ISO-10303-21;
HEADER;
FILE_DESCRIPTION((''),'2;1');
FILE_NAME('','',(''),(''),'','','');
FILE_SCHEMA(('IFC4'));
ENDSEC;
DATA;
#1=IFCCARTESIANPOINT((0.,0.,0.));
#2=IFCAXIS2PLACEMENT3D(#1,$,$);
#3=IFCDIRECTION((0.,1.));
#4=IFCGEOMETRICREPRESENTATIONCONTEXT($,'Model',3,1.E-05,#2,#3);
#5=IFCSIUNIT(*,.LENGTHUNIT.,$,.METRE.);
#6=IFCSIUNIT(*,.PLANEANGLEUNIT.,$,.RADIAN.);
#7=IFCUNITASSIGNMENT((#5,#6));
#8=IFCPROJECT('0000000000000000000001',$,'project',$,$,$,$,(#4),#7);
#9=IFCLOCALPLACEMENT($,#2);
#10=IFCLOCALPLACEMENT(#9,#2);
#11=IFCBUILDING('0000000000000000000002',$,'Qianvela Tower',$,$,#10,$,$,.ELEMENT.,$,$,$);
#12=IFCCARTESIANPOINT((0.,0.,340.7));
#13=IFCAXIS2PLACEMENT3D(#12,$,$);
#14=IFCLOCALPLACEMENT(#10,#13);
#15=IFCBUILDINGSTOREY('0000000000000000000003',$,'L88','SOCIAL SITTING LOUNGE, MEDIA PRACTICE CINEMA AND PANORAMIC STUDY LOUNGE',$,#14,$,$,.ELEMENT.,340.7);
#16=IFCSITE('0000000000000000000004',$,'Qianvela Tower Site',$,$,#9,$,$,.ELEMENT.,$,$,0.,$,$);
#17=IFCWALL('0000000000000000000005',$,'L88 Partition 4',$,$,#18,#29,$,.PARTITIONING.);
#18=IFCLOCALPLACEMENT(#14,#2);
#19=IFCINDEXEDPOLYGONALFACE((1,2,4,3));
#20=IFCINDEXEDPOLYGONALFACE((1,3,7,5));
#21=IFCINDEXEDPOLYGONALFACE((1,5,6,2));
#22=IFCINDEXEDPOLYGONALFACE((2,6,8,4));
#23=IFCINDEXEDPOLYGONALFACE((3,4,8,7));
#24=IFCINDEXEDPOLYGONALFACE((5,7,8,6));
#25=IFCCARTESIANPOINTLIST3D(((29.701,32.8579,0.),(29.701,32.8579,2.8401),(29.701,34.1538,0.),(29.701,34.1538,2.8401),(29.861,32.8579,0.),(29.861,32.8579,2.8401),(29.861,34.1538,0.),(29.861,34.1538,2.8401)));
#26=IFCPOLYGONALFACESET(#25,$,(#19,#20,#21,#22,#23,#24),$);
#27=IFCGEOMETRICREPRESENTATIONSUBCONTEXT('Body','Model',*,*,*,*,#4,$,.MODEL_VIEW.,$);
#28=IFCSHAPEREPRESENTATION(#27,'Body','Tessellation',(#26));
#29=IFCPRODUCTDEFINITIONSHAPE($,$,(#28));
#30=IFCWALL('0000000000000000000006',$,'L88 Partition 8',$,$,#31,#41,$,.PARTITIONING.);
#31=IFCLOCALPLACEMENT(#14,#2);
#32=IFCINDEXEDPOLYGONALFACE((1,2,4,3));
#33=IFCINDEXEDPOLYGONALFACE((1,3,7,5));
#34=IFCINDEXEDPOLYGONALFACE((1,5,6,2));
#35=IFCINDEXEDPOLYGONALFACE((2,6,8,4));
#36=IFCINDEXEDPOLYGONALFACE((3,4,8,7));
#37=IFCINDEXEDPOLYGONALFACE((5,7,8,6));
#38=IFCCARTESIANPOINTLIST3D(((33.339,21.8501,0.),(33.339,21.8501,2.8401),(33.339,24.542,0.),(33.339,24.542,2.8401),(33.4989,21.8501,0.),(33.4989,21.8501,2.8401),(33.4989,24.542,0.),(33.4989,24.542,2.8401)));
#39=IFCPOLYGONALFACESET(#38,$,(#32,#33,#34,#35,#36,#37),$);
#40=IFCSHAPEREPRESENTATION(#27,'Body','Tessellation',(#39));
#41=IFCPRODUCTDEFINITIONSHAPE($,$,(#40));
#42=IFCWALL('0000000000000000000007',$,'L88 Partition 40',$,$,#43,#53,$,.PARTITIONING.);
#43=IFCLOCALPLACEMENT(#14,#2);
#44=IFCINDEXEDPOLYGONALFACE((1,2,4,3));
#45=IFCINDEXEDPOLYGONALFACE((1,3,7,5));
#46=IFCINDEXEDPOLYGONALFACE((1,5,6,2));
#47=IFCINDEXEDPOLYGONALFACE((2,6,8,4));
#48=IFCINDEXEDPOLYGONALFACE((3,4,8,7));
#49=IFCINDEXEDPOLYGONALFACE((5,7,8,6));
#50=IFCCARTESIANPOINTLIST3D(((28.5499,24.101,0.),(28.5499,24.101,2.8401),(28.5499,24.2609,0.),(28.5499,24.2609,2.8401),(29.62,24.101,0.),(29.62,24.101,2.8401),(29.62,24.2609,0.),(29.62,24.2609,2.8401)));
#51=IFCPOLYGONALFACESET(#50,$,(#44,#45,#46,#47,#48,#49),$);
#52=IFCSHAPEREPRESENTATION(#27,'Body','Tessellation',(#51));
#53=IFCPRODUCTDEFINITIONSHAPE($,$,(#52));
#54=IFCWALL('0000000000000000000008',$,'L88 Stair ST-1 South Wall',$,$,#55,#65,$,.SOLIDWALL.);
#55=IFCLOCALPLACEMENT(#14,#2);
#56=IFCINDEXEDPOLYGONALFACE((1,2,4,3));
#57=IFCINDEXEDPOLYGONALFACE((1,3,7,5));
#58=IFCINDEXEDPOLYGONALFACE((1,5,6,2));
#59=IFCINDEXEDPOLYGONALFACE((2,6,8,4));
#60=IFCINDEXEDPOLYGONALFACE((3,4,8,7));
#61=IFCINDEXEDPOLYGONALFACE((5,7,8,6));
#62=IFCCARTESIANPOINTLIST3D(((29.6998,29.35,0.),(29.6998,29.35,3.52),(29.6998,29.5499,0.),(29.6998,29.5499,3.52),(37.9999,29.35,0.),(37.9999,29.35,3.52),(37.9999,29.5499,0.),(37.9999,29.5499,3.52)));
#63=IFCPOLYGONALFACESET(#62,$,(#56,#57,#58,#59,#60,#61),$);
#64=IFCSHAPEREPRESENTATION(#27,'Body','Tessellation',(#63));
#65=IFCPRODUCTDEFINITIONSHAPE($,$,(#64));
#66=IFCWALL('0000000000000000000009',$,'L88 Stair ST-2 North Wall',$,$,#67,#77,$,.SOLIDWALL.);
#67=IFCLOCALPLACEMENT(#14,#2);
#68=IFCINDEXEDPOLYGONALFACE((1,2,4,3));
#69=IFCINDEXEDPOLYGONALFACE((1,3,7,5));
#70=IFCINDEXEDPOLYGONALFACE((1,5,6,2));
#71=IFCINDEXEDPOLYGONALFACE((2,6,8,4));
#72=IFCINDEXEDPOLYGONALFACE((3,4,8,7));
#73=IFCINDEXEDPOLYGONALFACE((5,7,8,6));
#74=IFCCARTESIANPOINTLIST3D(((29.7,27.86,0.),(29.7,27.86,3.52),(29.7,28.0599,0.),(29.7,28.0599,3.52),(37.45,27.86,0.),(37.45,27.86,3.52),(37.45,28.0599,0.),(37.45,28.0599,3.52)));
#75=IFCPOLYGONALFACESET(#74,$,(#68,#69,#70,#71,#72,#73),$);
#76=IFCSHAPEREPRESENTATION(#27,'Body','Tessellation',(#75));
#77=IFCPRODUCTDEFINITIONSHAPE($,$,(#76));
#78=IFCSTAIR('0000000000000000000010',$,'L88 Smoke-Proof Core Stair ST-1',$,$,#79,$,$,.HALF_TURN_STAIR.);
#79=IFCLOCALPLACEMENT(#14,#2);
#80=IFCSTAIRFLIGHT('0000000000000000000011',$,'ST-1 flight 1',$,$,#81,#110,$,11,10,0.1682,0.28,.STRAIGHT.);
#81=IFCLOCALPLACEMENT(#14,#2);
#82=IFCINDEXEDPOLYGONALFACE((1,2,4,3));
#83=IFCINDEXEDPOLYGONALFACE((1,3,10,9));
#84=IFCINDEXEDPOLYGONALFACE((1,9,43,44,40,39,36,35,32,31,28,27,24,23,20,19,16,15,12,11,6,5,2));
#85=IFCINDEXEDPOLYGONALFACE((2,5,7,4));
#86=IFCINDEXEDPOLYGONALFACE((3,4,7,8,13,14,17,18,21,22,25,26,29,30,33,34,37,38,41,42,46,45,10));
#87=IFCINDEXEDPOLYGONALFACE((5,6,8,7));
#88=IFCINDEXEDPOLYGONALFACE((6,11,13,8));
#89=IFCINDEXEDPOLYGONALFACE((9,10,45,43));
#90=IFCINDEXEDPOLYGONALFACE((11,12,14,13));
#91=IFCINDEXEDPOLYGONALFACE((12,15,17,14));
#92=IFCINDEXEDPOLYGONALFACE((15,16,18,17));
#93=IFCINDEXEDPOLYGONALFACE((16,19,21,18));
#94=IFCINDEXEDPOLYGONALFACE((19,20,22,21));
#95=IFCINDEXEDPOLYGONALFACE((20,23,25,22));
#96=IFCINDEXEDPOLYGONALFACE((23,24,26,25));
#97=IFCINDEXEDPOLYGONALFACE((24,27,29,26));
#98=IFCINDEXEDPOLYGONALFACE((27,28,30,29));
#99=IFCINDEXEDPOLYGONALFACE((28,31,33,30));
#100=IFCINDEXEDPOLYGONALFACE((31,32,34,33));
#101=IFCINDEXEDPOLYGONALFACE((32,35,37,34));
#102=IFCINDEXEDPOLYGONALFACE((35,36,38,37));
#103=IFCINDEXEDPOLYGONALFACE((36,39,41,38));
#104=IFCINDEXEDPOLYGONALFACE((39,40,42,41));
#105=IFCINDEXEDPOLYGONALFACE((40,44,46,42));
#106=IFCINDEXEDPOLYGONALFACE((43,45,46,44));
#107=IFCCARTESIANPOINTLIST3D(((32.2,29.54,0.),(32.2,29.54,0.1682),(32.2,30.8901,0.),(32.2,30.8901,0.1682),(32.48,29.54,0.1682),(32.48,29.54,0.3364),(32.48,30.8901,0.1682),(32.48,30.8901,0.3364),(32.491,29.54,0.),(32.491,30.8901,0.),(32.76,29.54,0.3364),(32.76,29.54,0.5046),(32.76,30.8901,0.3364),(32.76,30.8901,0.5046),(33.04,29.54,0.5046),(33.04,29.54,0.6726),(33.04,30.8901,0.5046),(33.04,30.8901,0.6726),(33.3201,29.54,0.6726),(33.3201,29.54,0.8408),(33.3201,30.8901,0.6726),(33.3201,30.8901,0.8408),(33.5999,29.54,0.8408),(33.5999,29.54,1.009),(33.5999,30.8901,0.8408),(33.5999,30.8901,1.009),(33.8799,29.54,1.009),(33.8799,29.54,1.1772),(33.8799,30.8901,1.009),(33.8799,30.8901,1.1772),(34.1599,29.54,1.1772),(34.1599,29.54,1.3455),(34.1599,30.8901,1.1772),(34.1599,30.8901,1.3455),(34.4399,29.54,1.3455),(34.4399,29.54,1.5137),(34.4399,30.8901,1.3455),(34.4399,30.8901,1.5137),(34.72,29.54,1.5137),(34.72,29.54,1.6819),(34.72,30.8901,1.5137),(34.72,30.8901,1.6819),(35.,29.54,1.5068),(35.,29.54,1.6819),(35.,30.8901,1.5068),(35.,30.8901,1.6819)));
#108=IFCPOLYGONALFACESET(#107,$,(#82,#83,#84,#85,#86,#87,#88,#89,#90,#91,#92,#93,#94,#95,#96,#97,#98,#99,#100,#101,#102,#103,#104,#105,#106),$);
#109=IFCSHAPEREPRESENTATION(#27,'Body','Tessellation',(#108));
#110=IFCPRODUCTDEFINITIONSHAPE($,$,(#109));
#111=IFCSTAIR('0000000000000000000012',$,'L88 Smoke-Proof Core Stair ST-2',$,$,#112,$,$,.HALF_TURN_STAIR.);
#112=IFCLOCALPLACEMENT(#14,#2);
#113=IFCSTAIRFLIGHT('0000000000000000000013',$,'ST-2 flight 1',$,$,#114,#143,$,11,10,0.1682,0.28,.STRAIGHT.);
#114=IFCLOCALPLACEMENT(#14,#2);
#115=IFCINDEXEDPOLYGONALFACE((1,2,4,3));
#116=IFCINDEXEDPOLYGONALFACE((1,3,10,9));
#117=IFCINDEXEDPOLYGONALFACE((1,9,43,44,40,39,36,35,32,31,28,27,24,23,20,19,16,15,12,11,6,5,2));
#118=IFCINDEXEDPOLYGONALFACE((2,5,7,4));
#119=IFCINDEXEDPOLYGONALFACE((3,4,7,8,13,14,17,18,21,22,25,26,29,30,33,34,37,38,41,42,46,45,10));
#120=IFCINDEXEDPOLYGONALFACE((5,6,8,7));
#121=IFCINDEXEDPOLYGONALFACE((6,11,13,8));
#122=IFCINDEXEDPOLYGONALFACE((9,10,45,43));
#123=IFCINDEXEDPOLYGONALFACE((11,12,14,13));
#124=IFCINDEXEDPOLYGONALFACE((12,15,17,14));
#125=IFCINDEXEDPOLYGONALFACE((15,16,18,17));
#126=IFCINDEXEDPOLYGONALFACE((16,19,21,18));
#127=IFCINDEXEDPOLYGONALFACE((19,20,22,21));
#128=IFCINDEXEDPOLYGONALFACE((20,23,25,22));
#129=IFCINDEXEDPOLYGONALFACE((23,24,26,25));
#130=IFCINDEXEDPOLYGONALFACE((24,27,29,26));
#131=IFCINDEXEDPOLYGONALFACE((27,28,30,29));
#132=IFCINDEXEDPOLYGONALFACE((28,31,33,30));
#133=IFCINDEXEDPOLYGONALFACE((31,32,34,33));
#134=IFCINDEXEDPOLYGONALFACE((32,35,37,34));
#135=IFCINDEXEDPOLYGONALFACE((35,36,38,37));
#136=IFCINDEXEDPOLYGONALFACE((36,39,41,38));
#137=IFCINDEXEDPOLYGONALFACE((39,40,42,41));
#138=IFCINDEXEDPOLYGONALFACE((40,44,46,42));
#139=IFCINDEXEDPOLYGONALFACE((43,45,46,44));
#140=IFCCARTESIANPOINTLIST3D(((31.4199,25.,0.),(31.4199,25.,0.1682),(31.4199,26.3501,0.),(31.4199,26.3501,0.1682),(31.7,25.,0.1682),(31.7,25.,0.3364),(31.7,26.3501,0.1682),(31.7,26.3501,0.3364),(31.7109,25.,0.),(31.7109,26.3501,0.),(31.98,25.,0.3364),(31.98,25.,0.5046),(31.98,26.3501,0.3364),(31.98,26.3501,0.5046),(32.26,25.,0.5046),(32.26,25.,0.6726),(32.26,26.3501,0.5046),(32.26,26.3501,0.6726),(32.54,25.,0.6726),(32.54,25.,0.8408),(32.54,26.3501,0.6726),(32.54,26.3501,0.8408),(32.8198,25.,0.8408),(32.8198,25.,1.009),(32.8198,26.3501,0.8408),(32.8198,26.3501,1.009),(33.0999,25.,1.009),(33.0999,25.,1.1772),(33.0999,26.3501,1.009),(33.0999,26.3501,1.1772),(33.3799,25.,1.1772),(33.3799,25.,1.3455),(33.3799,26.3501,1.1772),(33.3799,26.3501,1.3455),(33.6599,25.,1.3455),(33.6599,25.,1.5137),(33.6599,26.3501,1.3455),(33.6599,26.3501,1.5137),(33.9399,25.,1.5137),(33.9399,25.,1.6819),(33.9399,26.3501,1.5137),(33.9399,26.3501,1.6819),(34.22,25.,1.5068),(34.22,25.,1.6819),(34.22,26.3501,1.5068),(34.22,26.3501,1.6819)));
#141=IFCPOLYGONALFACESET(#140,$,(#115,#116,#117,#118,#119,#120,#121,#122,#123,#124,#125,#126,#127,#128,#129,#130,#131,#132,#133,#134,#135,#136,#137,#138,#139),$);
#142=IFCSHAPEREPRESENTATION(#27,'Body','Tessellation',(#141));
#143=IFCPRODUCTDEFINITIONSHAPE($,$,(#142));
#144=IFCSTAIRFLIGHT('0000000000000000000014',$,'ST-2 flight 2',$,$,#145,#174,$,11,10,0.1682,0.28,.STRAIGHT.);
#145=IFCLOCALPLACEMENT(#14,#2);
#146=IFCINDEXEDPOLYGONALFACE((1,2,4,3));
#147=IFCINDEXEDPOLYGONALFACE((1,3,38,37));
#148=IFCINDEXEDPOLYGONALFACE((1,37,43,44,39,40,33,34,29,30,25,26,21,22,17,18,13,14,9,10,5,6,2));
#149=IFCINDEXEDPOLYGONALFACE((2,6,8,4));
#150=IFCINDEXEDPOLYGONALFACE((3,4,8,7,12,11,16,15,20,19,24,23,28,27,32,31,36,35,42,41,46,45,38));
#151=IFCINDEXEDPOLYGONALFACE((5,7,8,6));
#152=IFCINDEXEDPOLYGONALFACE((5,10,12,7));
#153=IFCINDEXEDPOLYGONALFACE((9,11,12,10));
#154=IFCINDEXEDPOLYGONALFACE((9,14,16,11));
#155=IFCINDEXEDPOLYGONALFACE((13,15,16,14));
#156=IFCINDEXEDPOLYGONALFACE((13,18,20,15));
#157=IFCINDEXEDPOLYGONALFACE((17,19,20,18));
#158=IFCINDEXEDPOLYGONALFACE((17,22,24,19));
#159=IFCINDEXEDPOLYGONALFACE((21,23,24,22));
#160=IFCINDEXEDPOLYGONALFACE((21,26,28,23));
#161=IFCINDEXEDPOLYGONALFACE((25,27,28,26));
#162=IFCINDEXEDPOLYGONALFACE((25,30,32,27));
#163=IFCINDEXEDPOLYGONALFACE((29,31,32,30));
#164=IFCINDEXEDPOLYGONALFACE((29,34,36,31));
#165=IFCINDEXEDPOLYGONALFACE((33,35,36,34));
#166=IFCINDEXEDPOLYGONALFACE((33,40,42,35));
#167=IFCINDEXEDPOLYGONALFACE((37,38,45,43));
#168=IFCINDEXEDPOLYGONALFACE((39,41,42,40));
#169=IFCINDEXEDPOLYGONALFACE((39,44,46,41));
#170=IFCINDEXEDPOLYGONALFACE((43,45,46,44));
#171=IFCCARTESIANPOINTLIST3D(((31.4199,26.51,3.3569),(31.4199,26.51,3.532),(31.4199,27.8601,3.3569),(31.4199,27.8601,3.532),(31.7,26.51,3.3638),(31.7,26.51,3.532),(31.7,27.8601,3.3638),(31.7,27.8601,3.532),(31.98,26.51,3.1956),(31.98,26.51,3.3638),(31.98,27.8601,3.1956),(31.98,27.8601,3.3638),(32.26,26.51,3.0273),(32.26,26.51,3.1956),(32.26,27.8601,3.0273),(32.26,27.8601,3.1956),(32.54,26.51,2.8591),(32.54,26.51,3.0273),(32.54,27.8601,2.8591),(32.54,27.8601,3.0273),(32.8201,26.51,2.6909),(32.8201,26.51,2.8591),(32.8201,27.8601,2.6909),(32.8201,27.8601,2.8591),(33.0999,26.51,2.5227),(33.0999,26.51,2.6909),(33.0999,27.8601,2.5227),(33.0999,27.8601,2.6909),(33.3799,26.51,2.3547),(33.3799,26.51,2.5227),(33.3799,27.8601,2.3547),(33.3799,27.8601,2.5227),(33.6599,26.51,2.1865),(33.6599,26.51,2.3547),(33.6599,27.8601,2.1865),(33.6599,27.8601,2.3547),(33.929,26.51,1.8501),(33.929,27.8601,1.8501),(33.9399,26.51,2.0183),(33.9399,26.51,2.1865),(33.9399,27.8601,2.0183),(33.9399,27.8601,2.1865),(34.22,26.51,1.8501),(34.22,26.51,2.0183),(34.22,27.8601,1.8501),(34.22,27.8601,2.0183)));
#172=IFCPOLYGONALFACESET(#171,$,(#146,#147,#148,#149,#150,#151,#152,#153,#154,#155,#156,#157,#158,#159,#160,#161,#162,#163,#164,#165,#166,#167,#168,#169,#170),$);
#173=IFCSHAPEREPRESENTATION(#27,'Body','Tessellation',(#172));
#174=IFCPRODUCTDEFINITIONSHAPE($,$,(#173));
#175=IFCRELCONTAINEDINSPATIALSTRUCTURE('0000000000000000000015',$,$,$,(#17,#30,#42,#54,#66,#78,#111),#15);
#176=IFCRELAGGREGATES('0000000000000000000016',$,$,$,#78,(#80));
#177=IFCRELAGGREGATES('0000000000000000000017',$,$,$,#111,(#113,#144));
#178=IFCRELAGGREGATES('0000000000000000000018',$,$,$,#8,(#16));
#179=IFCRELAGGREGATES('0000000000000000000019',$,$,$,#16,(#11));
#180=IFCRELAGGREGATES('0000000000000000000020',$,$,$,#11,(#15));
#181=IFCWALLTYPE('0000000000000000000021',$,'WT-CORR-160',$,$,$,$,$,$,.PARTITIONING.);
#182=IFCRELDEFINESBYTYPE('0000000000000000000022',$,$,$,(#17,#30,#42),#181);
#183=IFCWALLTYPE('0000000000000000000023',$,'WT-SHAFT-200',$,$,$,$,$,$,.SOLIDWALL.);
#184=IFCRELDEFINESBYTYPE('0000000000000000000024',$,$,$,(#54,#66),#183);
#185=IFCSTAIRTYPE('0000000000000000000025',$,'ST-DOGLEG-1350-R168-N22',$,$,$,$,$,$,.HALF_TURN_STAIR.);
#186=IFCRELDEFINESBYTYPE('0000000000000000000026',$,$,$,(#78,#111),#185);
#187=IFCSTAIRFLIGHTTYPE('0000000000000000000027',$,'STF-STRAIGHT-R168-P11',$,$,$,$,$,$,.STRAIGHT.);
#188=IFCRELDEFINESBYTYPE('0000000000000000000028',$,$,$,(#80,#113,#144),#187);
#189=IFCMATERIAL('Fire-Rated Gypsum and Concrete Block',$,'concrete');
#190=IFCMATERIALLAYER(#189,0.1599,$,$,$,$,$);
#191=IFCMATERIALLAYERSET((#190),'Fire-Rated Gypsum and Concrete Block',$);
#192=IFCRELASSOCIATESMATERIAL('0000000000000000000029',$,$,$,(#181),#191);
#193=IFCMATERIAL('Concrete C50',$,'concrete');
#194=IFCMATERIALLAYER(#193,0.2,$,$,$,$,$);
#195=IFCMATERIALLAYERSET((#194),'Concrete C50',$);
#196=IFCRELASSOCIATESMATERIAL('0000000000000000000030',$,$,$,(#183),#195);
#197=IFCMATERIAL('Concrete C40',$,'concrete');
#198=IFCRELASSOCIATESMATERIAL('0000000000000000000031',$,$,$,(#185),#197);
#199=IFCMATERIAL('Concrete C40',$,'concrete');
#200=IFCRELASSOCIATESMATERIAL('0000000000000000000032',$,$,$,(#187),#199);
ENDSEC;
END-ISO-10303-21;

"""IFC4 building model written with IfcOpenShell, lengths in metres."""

from ifc_helpers import new_model, si_unit, direction, frame, frame_2d, origin, place, context, subcontext, project, spatial, polyline, rectangle, outline, extrude, material, layer, layer_set, type_object, element, aggregate, save


model = new_model("IFC4")

# Units and contexts
model_context = context("Model", 3, precision=1e-05, world=origin(), true_north=direction((0.0, 1.0)))
body_context = subcontext(model_context, "Body", "Model", "MODEL_VIEW")
ifc_project = project(units=[si_unit("LENGTHUNIT", "METRE"), si_unit("PLANEANGLEUNIT", "RADIAN")], contexts=[model_context])

# Site, building, storey
site_placement = place(None, origin())
site = spatial("IfcSite", under=ifc_project, at=site_placement, Name="Qianvela Tower Site", CompositionType="ELEMENT", RefElevation=0.0)
building_placement = place(site_placement, origin())
building = spatial("IfcBuilding", under=site, at=building_placement, Name="Qianvela Tower", CompositionType="ELEMENT")
storey_placement = place(building_placement, frame((0.0, 0.0, 340.7)))
storey = spatial("IfcBuildingStorey", under=building, at=storey_placement, Name="L88", Description="SOCIAL SITTING LOUNGE, MEDIA PRACTICE CINEMA AND PANORAMIC STUDY LOUNGE", CompositionType="ELEMENT", Elevation=340.7)

# Walls
ifc_material_1 = material(Name="Fire-Rated Gypsum and Concrete Block", Category="concrete")
ifc_layer_1 = layer(ifc_material_1, 0.1599)
ifc_layer_set_1 = layer_set([ifc_layer_1], Name="Fire-Rated Gypsum and Concrete Block")
wall_type_1 = type_object("IfcWallType", Name="WT-CORR-160", PredefinedType="PARTITIONING", material=ifc_layer_set_1)
wall_1_placement = place(storey_placement, frame((29.781, 32.8579, 0.0), z_axis=(0.0, 0.0, 1.0), x_axis=(0.0, 1.0, 0.0)))
element("IfcWall", 1, at=wall_1_placement, inside=storey, type_object=wall_type_1, Name="L88 Partition 4", PredefinedType="PARTITIONING", context=body_context, shape_type="SweptSolid", body=[
    extrude(rectangle(XDim=1.2959, YDim=0.1599, at=frame_2d((0.6479, 0.0))), origin(), (0.0, 0.0, 1.0), 2.8401),
])
wall_2_placement = place(storey_placement, frame((33.4189, 24.542, 0.0), z_axis=(0.0, 0.0, 1.0), x_axis=(0.0, -1.0, 0.0)))
element("IfcWall", 2, at=wall_2_placement, inside=storey, type_object=wall_type_1, Name="L88 Partition 8", PredefinedType="PARTITIONING", context=body_context, shape_type="SweptSolid", body=[
    extrude(rectangle(XDim=2.6919, YDim=0.1599, at=frame_2d((1.3459, 0.0))), origin(), (0.0, 0.0, 1.0), 2.8401),
])
wall_3_placement = place(storey_placement, frame((29.6201, 24.1809, 0.0), z_axis=(0.0, 0.0, 1.0), x_axis=(-1.0, 0.0, 0.0)))
element("IfcWall", 3, at=wall_3_placement, inside=storey, type_object=wall_type_1, Name="L88 Partition 40", PredefinedType="PARTITIONING", context=body_context, shape_type="SweptSolid", body=[
    extrude(rectangle(XDim=1.0701, YDim=0.1599, at=frame_2d((0.5352, 0.0))), origin(), (0.0, 0.0, 1.0), 2.8401),
])
ifc_material_2 = material(Name="Concrete C50", Category="concrete")
ifc_layer_2 = layer(ifc_material_2, 0.2)
ifc_layer_set_2 = layer_set([ifc_layer_2], Name="Concrete C50")
wall_type_2 = type_object("IfcWallType", Name="WT-SHAFT-200", PredefinedType="SOLIDWALL", material=ifc_layer_set_2)
wall_4_placement = place(storey_placement, frame((29.7, 29.45, 0.0), z_axis=(0.0, 0.0, 1.0), x_axis=(1.0, 0.0, 0.0)))
element("IfcWall", 4, at=wall_4_placement, inside=storey, type_object=wall_type_2, Name="L88 Stair ST-1 South Wall", PredefinedType="SOLIDWALL", context=body_context, shape_type="SweptSolid", body=[
    extrude(rectangle(XDim=8.3, YDim=0.2, at=frame_2d((4.1499, 0.0))), origin(), (0.0, 0.0, 1.0), 3.52),
])
wall_5_placement = place(storey_placement, frame((29.7, 27.96, 0.0), z_axis=(0.0, 0.0, 1.0), x_axis=(1.0, 0.0, 0.0)))
element("IfcWall", 5, at=wall_5_placement, inside=storey, type_object=wall_type_2, Name="L88 Stair ST-2 North Wall", PredefinedType="SOLIDWALL", context=body_context, shape_type="SweptSolid", body=[
    extrude(rectangle(XDim=7.75, YDim=0.2, at=frame_2d((3.875, 0.0))), origin(), (0.0, 0.0, 1.0), 3.52),
])

# Stair, stair flight
ifc_material_3 = material(Name="Concrete C40", Category="concrete")
stair_type = type_object("IfcStairType", Name="ST-DOGLEG-1350-R168-N22", PredefinedType="HALF_TURN_STAIR", material=ifc_material_3)
stair_1_placement = place(storey_placement, origin())
stair_1 = element("IfcStair", 6, at=stair_1_placement, inside=storey, type_object=stair_type, Name="L88 Smoke-Proof Core Stair ST-1", PredefinedType="HALF_TURN_STAIR")
ifc_material_4 = material(Name="Concrete C40", Category="concrete")
stair_flight_type = type_object("IfcStairFlightType", Name="STF-STRAIGHT-R168-P11", PredefinedType="STRAIGHT", material=ifc_material_4)
stair_flight_1_placement = place(storey_placement, frame((32.2, 30.2151, 0.0), z_axis=(0.0, 0.0, 1.0), x_axis=(1.0, 0.0, 0.0)))
stair_flight_1 = element("IfcStairFlight", 7, at=stair_flight_1_placement, type_object=stair_flight_type, Name="ST-1 flight 1", NumberOfRisers=11, NumberOfTreads=10, PredefinedType="STRAIGHT", RiserHeight=0.1682, TreadLength=0.28, context=body_context, shape_type="SweptSolid", body=[
    extrude(outline(polyline([(0.0, 0.0), (0.0, 0.1682), (0.28, 0.1682), (0.28, 0.3364), (0.5601, 0.3364), (0.5601, 0.5046), (0.8401, 0.5046), (0.8401, 0.6726), (1.1201, 0.6726), (1.1201, 0.8408), (1.3999, 0.8408), (1.3999, 1.009), (1.6799, 1.009), (1.6799, 1.1772), (1.96, 1.1772), (1.96, 1.3455), (2.24, 1.3455), (2.24, 1.5137), (2.52, 1.5137), (2.52, 1.6819), (2.8, 1.6819), (2.8, 1.8501), (2.8, 1.5068), (0.291, 0.0), (0.0, 0.0)])), frame((0.0, 0.675, 0.0), z_axis=(0.0, -1.0, 0.0), x_axis=(1.0, 0.0, 0.0)), (0.0, 0.0, 1.0), 1.3501),
])
aggregate(stair_1, [stair_flight_1])

# Stair, stair flights
stair_2_placement = place(storey_placement, origin())
stair_2 = element("IfcStair", 8, at=stair_2_placement, inside=storey, type_object=stair_type, Name="L88 Smoke-Proof Core Stair ST-2", PredefinedType="HALF_TURN_STAIR")
stair_flight_2_placement = place(storey_placement, frame((31.4199, 25.675, 0.0), z_axis=(0.0, 0.0, 1.0), x_axis=(1.0, 0.0, 0.0)))
stair_flight_2 = element("IfcStairFlight", 9, at=stair_flight_2_placement, type_object=stair_flight_type, Name="ST-2 flight 1", NumberOfRisers=11, NumberOfTreads=10, PredefinedType="STRAIGHT", RiserHeight=0.1682, TreadLength=0.28, context=body_context, shape_type="SweptSolid", body=[
    extrude(outline(polyline([(0.0, 0.0), (0.0, 0.1682), (0.28, 0.1682), (0.28, 0.3364), (0.5601, 0.3364), (0.5601, 0.5046), (0.8401, 0.5046), (0.8401, 0.6726), (1.1201, 0.6726), (1.1201, 0.8408), (1.3999, 0.8408), (1.3999, 1.009), (1.6799, 1.009), (1.6799, 1.1772), (1.96, 1.1772), (1.96, 1.3455), (2.24, 1.3455), (2.24, 1.5137), (2.52, 1.5137), (2.52, 1.6819), (2.8, 1.6819), (2.8, 1.8501), (2.8, 1.5068), (0.291, 0.0), (0.0, 0.0)])), frame((0.0, 0.675, 0.0), z_axis=(0.0, -1.0, 0.0), x_axis=(1.0, 0.0, 0.0)), (0.0, 0.0, 1.0), 1.3501),
])
stair_flight_3_placement = place(storey_placement, frame((34.22, 27.1851, 1.8501), z_axis=(0.0, 0.0, 1.0), x_axis=(-1.0, 0.0, 0.0)))
stair_flight_3 = element("IfcStairFlight", 10, at=stair_flight_3_placement, type_object=stair_flight_type, Name="ST-2 flight 2", NumberOfRisers=11, NumberOfTreads=10, PredefinedType="STRAIGHT", RiserHeight=0.1682, TreadLength=0.28, context=body_context, shape_type="SweptSolid", body=[
    extrude(outline(polyline([(0.0, 0.0), (0.0, 0.1682), (0.28, 0.1682), (0.28, 0.3364), (0.5601, 0.3364), (0.5601, 0.5046), (0.8401, 0.5046), (0.8401, 0.6726), (1.1201, 0.6726), (1.1201, 0.8408), (1.3999, 0.8408), (1.3999, 1.009), (1.6799, 1.009), (1.6799, 1.1772), (1.96, 1.1772), (1.96, 1.3455), (2.24, 1.3455), (2.24, 1.5137), (2.52, 1.5137), (2.52, 1.6819), (2.8, 1.6819), (2.8, 1.8501), (2.8, 1.5068), (0.291, 0.0), (0.0, 0.0)])), frame((0.0, 0.675, 0.0), z_axis=(0.0, -1.0, 0.0), x_axis=(1.0, 0.0, 0.0)), (0.0, 0.0, 1.0), 1.3501),
])
aggregate(stair_2, [stair_flight_2, stair_flight_3])

save(model, "model.ifc")
